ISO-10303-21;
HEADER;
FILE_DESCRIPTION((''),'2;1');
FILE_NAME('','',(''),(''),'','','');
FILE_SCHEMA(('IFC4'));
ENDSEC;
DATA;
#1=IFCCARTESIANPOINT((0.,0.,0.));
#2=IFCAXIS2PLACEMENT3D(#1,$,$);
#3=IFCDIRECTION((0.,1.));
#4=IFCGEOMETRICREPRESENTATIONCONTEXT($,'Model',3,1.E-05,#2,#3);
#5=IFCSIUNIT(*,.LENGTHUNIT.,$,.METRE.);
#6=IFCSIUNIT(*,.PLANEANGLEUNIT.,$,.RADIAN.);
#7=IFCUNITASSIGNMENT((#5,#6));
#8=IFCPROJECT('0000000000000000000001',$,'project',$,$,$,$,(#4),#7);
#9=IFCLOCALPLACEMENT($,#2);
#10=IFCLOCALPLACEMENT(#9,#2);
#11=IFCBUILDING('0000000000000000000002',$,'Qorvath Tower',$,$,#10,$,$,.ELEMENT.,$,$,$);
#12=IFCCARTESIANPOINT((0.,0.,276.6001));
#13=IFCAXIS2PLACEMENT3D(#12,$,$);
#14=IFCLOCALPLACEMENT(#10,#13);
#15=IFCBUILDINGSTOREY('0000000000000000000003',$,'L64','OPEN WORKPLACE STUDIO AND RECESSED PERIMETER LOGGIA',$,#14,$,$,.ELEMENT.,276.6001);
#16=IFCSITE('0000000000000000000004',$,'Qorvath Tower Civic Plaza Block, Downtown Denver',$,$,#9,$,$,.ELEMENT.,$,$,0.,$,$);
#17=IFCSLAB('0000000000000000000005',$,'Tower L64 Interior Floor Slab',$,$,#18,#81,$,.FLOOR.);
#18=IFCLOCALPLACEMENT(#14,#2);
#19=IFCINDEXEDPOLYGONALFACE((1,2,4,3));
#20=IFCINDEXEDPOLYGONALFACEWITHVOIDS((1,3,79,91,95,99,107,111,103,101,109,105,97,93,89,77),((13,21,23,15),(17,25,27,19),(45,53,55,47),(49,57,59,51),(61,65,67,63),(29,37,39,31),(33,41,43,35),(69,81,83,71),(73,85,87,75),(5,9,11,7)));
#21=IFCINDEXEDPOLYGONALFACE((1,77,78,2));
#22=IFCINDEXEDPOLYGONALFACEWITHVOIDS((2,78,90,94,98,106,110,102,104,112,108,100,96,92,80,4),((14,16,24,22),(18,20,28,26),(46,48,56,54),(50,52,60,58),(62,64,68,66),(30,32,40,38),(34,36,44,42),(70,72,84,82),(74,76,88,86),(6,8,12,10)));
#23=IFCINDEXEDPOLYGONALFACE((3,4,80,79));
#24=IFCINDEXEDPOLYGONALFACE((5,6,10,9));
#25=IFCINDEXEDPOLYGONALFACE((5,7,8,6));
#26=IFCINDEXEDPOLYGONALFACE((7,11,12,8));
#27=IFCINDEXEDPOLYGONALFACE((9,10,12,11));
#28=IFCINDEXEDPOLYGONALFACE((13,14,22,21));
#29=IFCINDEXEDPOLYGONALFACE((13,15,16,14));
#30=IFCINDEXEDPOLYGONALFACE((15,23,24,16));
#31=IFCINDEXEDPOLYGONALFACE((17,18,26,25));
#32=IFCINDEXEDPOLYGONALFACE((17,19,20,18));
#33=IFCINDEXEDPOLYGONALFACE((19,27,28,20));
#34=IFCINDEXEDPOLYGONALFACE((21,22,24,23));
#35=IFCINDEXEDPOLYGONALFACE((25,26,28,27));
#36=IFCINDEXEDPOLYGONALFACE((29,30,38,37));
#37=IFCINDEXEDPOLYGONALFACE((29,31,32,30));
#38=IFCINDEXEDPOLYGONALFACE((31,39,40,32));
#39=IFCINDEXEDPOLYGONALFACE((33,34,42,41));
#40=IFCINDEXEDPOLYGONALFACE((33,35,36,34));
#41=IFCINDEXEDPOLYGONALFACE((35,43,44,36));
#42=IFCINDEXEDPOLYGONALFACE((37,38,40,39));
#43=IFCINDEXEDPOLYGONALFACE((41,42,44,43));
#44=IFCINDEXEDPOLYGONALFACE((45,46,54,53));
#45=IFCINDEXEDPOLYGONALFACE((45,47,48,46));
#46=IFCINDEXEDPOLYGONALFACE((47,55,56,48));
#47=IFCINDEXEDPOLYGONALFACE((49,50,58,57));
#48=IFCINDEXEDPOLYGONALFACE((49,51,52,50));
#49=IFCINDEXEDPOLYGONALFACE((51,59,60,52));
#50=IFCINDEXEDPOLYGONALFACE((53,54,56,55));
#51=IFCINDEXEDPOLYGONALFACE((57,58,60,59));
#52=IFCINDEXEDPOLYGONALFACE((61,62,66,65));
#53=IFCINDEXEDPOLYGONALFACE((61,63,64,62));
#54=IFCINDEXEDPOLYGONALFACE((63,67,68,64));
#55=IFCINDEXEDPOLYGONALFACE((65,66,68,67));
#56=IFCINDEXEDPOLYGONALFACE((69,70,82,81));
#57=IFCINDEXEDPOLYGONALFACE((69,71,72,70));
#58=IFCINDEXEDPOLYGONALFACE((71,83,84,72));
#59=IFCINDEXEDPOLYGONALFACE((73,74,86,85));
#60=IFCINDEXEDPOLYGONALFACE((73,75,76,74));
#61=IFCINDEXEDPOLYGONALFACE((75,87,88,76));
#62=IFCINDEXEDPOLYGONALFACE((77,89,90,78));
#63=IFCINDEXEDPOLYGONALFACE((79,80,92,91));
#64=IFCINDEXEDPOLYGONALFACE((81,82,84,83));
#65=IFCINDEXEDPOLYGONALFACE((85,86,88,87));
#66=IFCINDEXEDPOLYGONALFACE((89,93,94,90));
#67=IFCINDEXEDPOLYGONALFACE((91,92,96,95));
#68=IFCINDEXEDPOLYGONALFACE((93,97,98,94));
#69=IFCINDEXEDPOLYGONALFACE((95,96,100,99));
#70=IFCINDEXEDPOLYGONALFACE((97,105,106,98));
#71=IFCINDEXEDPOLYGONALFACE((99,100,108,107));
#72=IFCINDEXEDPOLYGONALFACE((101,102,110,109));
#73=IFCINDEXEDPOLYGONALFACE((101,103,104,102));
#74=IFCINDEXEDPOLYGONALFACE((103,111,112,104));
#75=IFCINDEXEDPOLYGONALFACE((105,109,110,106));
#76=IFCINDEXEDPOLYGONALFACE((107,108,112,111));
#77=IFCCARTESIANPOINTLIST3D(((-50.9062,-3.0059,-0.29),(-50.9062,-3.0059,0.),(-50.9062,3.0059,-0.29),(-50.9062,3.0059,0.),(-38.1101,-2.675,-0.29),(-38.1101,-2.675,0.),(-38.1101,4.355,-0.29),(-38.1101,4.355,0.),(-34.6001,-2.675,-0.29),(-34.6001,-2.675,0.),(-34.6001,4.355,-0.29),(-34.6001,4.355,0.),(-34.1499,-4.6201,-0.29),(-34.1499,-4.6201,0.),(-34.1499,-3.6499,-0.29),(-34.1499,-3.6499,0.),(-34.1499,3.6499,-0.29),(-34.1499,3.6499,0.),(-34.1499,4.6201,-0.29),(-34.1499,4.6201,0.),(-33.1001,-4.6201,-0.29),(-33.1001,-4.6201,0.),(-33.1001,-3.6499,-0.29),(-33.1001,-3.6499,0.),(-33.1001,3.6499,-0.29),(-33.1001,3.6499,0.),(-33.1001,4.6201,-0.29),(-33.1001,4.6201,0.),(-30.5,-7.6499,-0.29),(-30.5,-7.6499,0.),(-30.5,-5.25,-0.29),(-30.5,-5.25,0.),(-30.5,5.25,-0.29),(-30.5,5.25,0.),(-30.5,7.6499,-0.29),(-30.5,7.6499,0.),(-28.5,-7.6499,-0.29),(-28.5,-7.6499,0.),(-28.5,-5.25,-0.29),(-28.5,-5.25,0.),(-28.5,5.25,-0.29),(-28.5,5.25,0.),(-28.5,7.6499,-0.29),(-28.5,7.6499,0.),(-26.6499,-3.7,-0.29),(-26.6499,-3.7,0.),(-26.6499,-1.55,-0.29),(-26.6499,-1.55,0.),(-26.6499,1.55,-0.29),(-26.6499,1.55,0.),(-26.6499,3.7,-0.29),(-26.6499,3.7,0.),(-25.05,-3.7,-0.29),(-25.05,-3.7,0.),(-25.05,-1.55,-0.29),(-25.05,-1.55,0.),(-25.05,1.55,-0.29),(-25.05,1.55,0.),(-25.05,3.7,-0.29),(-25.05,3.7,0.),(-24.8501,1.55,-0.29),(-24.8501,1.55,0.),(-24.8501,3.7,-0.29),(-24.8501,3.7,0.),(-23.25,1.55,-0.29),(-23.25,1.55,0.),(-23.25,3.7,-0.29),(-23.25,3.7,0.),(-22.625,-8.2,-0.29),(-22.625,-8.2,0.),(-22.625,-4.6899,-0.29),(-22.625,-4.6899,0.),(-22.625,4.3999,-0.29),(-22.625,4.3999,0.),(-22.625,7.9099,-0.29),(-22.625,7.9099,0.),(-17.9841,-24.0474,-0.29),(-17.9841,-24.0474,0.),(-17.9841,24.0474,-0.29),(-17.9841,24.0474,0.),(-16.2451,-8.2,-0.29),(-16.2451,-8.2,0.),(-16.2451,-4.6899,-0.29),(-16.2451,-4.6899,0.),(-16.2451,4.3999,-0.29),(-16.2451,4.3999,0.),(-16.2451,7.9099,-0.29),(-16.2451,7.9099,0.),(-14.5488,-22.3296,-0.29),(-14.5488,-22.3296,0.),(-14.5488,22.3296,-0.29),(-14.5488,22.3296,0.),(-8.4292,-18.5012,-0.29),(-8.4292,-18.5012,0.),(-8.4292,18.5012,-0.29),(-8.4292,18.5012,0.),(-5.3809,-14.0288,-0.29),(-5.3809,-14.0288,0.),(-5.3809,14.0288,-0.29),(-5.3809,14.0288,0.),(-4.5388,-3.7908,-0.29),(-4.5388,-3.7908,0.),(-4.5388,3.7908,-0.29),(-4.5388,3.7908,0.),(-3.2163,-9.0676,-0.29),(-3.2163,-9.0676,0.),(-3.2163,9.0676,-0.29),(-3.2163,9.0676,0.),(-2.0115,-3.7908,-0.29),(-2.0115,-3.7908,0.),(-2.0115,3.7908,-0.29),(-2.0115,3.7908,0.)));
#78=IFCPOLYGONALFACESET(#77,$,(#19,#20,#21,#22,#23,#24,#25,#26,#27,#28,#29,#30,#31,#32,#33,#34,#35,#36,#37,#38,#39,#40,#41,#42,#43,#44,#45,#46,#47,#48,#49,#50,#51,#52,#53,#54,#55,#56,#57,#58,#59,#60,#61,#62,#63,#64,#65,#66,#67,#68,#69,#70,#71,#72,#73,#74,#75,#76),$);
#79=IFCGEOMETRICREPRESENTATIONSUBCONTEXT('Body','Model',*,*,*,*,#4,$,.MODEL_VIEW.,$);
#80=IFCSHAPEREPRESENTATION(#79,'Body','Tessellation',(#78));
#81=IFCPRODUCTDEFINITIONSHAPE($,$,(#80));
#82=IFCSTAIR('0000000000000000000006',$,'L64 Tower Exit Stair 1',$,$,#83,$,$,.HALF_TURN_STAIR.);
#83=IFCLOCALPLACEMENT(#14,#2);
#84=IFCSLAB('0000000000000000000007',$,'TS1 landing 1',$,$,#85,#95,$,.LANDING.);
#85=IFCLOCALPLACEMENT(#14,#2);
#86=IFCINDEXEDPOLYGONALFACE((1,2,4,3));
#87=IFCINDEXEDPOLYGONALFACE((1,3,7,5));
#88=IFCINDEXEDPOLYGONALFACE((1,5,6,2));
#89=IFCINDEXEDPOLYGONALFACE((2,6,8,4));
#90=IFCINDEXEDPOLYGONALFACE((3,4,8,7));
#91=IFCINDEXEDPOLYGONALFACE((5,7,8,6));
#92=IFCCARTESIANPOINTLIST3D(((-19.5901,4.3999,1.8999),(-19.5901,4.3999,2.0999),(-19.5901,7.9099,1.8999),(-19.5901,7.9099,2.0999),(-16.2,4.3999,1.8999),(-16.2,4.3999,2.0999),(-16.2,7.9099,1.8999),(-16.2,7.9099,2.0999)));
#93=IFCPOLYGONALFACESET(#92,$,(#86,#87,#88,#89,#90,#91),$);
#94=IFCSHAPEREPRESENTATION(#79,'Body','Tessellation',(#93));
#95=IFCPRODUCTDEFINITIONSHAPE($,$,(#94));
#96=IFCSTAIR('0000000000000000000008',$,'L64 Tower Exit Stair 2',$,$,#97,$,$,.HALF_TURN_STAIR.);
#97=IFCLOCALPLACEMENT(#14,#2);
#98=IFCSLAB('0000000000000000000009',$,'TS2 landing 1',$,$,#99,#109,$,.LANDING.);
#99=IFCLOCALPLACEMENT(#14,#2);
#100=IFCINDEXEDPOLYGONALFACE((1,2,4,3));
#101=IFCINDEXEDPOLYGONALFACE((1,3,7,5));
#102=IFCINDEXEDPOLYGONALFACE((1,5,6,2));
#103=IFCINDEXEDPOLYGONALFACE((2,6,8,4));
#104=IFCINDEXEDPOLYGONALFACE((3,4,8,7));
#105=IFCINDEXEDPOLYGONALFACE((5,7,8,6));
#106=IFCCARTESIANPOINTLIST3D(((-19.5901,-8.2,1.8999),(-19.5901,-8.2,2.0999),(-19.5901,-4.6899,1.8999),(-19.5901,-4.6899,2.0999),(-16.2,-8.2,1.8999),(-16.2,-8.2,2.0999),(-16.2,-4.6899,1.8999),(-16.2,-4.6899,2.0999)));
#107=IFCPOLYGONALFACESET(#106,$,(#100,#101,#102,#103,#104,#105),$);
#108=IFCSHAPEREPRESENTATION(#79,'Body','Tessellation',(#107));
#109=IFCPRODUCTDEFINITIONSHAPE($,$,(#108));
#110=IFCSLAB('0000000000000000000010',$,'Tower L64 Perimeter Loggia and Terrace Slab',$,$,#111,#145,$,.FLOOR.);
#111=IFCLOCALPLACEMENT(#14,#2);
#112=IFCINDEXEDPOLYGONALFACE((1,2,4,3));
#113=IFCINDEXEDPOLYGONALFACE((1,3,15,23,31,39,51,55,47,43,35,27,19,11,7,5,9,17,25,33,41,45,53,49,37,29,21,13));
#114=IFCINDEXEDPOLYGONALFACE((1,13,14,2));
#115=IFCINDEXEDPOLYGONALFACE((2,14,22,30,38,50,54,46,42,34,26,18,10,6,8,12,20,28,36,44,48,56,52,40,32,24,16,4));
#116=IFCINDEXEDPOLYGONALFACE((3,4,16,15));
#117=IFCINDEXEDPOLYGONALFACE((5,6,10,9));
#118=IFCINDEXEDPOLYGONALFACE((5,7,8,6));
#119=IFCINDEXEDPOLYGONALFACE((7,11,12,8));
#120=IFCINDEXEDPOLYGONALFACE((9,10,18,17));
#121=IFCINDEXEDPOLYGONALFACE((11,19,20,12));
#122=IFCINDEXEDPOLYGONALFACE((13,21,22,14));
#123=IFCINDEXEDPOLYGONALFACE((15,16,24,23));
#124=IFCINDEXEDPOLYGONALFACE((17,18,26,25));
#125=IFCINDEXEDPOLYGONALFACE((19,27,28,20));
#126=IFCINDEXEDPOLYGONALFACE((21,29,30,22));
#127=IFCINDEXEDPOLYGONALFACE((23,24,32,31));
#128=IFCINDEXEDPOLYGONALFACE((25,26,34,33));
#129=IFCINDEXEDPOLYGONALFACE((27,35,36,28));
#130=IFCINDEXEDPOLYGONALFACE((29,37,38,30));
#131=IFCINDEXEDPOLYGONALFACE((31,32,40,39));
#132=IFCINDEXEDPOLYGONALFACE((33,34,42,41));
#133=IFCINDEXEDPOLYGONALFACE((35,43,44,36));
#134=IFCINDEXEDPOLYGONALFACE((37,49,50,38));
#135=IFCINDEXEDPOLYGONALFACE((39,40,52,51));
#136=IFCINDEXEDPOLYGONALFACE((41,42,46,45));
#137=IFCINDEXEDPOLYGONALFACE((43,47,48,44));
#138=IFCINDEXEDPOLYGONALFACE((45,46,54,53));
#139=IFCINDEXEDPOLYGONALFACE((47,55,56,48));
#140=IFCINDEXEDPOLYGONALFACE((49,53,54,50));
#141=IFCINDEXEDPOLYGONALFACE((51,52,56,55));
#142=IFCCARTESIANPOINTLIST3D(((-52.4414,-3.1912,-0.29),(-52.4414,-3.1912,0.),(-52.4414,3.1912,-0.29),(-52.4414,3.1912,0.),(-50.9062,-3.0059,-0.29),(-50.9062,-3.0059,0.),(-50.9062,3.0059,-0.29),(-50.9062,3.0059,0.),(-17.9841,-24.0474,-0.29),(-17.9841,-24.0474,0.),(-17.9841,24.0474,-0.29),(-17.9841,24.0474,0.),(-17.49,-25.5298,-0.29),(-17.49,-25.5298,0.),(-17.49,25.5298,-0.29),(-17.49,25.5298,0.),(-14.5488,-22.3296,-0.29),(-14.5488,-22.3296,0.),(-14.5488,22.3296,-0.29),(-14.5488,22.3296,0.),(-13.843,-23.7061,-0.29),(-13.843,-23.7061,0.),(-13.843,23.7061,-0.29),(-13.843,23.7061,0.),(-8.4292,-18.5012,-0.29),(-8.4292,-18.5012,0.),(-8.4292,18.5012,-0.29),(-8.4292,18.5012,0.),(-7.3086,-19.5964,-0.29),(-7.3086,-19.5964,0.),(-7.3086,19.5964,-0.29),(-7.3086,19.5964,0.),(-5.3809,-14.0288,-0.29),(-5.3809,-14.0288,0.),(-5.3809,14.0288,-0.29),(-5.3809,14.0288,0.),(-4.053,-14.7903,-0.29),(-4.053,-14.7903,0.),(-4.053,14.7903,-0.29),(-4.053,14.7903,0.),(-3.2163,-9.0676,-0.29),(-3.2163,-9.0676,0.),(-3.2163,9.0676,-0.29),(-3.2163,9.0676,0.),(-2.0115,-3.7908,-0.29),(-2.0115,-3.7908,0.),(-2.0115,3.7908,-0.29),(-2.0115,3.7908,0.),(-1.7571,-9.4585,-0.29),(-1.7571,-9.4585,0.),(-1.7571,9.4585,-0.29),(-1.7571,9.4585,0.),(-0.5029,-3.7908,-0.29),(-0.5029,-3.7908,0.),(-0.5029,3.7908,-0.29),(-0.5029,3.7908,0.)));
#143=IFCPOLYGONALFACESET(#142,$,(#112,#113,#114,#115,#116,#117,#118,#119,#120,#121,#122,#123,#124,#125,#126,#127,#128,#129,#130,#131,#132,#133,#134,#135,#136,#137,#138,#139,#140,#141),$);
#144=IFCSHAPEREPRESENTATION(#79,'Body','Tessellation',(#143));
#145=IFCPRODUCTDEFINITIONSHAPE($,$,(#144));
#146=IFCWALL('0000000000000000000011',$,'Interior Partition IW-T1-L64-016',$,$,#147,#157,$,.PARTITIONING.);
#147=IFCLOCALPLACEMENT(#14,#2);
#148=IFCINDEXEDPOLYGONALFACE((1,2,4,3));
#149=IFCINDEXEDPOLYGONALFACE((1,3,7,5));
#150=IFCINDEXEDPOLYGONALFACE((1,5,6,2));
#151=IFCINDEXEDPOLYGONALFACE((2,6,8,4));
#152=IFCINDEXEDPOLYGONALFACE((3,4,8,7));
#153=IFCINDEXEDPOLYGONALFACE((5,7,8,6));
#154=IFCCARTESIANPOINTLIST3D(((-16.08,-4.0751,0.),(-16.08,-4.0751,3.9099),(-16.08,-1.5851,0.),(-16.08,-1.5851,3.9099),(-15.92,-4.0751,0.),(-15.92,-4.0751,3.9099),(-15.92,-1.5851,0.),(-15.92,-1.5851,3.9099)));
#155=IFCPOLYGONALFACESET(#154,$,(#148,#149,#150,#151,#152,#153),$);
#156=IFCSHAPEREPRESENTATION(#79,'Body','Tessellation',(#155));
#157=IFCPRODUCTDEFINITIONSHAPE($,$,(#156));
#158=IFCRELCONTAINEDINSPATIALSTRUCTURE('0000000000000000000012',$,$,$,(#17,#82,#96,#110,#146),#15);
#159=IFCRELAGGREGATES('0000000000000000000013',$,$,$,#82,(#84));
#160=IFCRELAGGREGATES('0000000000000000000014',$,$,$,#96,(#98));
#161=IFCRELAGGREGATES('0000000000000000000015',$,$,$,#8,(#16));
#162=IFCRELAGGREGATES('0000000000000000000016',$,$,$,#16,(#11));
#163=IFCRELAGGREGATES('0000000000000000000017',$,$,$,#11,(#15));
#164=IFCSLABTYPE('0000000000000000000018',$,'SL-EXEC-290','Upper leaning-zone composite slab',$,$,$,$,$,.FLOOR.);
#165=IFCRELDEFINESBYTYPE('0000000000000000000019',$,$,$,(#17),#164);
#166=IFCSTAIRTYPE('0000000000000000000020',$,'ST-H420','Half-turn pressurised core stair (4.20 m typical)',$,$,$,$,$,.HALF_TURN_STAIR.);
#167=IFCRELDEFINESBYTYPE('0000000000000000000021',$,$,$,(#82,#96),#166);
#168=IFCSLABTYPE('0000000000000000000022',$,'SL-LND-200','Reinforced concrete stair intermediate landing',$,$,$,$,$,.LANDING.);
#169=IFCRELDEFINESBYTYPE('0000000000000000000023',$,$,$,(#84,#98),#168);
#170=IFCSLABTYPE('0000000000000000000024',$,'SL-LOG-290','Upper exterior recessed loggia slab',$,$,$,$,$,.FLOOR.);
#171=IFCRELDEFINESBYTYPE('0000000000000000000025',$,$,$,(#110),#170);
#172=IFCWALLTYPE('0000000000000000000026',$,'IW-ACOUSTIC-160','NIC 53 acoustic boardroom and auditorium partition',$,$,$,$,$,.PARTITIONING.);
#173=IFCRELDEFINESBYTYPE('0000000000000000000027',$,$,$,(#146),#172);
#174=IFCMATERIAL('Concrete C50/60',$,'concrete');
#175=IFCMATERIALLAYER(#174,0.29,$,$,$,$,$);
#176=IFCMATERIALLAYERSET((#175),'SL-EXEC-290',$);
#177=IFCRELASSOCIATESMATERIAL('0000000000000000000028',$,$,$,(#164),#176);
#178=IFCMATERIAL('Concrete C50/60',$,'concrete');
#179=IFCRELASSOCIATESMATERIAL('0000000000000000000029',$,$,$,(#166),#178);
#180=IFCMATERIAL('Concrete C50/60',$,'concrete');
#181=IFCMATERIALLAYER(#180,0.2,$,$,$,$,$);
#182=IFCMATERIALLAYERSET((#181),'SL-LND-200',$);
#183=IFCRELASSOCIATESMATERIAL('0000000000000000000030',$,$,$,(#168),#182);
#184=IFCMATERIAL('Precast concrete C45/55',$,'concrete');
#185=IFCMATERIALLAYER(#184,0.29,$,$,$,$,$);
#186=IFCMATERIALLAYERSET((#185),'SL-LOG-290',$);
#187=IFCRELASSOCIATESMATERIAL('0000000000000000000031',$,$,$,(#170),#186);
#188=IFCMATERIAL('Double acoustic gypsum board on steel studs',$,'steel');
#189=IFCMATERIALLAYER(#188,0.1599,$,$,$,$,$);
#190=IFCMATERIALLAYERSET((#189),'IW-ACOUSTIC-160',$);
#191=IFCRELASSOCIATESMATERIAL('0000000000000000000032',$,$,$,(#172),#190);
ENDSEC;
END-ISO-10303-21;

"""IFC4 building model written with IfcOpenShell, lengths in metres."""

from ifc_helpers import new_model, si_unit, direction, frame, frame_2d, origin, place, context, subcontext, project, spatial, polyline, rectangle, outline, extrude, material, layer, layer_set, type_object, element, aggregate, save


model = new_model("IFC4")

# Units and contexts
model_context = context("Model", 3, precision=1e-05, world=origin(), true_north=direction((0.0, 1.0)))
body_context = subcontext(model_context, "Body", "Model", "MODEL_VIEW")
ifc_project = project(units=[si_unit("LENGTHUNIT", "METRE"), si_unit("PLANEANGLEUNIT", "RADIAN")], contexts=[model_context])

# Site, building, storey
site_placement = place(None, origin())
site = spatial("IfcSite", under=ifc_project, at=site_placement, Name="Qorvath Tower Civic Plaza Block, Downtown Denver", CompositionType="ELEMENT", RefElevation=0.0)
building_placement = place(site_placement, origin())
building = spatial("IfcBuilding", under=site, at=building_placement, Name="Qorvath Tower", CompositionType="ELEMENT")
storey_placement = place(building_placement, frame((0.0, 0.0, 276.6001)))
storey = spatial("IfcBuildingStorey", under=building, at=storey_placement, Name="L64", Description="OPEN WORKPLACE STUDIO AND RECESSED PERIMETER LOGGIA", CompositionType="ELEMENT", Elevation=276.6001)

# Slab
ifc_material_1 = material(Name="Concrete C50/60", Category="concrete")
ifc_layer_1 = layer(ifc_material_1, 0.29)
ifc_layer_set_1 = layer_set([ifc_layer_1], Name="SL-EXEC-290")
slab_type_1 = type_object("IfcSlabType", Name="SL-EXEC-290", Description="Upper leaning-zone composite slab", PredefinedType="FLOOR", material=ifc_layer_set_1)
slab_1_placement = place(storey_placement, frame((0.0, 0.0, -0.29)))
element("IfcSlab", 1, at=slab_1_placement, inside=storey, type_object=slab_type_1, Name="Tower L64 Interior Floor Slab", PredefinedType="FLOOR", context=body_context, shape_type="SweptSolid", body=[
    extrude(outline(polyline([(-50.9062, 3.0059), (-50.9062, -3.0059), (-17.9841, -24.0474), (-14.5488, -22.3296), (-8.4292, -18.5012), (-5.3809, -14.0288), (-3.2163, -9.0676), (-2.0115, -3.7908), (-4.5388, -3.7908), (-4.5388, 3.7908), (-2.0115, 3.7908), (-3.2163, 9.0676), (-5.3809, 14.0288), (-8.4292, 18.5012), (-14.5488, 22.3296), (-17.9841, 24.0474), (-50.9062, 3.0059)]), holes=[polyline([(-16.2451, -8.2), (-22.625, -8.2), (-22.625, -4.6899), (-16.2451, -4.6899), (-16.2451, -8.2)]), polyline([(-22.625, 4.3999), (-22.625, 7.9099), (-16.2451, 7.9099), (-16.2451, 4.3999), (-22.625, 4.3999)]), polyline([(-23.25, 1.55), (-24.8501, 1.55), (-24.8501, 3.7), (-23.25, 3.7), (-23.25, 1.55)]), polyline([(-26.6499, -3.7), (-26.6499, -1.55), (-25.05, -1.55), (-25.05, -3.7), (-26.6499, -3.7)]), polyline([(-25.05, 1.55), (-26.6499, 1.55), (-26.6499, 3.7), (-25.05, 3.7), (-25.05, 1.55)]), polyline([(-28.5, -7.6499), (-30.5, -7.6499), (-30.5, -5.25), (-28.5, -5.25), (-28.5, -7.6499)]), polyline([(-30.5, 5.25), (-30.5, 7.6499), (-28.5, 7.6499), (-28.5, 5.25), (-30.5, 5.25)]), polyline([(-33.1001, -4.6201), (-34.1499, -4.6201), (-34.1499, -3.6499), (-33.1001, -3.6499), (-33.1001, -4.6201)]), polyline([(-33.1001, 3.6499), (-34.1499, 3.6499), (-34.1499, 4.6201), (-33.1001, 4.6201), (-33.1001, 3.6499)]), polyline([(-34.6001, -2.675), (-38.1101, -2.675), (-38.1101, 4.355), (-34.6001, 4.355), (-34.6001, -2.675)])]), origin(), (0.0, 0.0, 1.0), 0.29),
])

# Stairs, slabs
ifc_material_2 = material(Name="Concrete C50/60", Category="concrete")
stair_type = type_object("IfcStairType", Name="ST-H420", Description="Half-turn pressurised core stair (4.20 m typical)", PredefinedType="HALF_TURN_STAIR", material=ifc_material_2)
stair_1_placement = place(storey_placement, origin())
stair_1 = element("IfcStair", 2, at=stair_1_placement, inside=storey, type_object=stair_type, Name="L64 Tower Exit Stair 1", PredefinedType="HALF_TURN_STAIR")
ifc_material_3 = material(Name="Concrete C50/60", Category="concrete")
ifc_layer_2 = layer(ifc_material_3, 0.2)
ifc_layer_set_2 = layer_set([ifc_layer_2], Name="SL-LND-200")
slab_type_2 = type_object("IfcSlabType", Name="SL-LND-200", Description="Reinforced concrete stair intermediate landing", PredefinedType="LANDING", material=ifc_layer_set_2)
slab_2_placement = place(storey_placement, frame((0.0, 0.0, 1.8999)))
slab_2 = element("IfcSlab", 3, at=slab_2_placement, type_object=slab_type_2, Name="TS1 landing 1", PredefinedType="LANDING", context=body_context, shape_type="SweptSolid", body=[
    extrude(outline(polyline([(-19.5901, 4.3999), (-16.2, 4.3999), (-16.2, 7.9099), (-19.5901, 7.9099), (-19.5901, 4.3999)])), origin(), (0.0, 0.0, 1.0), 0.2),
])
aggregate(stair_1, [slab_2])
stair_2_placement = place(storey_placement, origin())
stair_2 = element("IfcStair", 4, at=stair_2_placement, inside=storey, type_object=stair_type, Name="L64 Tower Exit Stair 2", PredefinedType="HALF_TURN_STAIR")
slab_3_placement = place(storey_placement, frame((0.0, 0.0, 1.8999)))
slab_3 = element("IfcSlab", 5, at=slab_3_placement, type_object=slab_type_2, Name="TS2 landing 1", PredefinedType="LANDING", context=body_context, shape_type="SweptSolid", body=[
    extrude(outline(polyline([(-19.5901, -8.2), (-16.2, -8.2), (-16.2, -4.6899), (-19.5901, -4.6899), (-19.5901, -8.2)])), origin(), (0.0, 0.0, 1.0), 0.2),
])

# Slab
ifc_material_4 = material(Name="Precast concrete C45/55", Category="concrete")
ifc_layer_3 = layer(ifc_material_4, 0.29)
ifc_layer_set_3 = layer_set([ifc_layer_3], Name="SL-LOG-290")
slab_type_3 = type_object("IfcSlabType", Name="SL-LOG-290", Description="Upper exterior recessed loggia slab", PredefinedType="FLOOR", material=ifc_layer_set_3)
slab_4_placement = place(storey_placement, frame((0.0, 0.0, -0.29)))
element("IfcSlab", 6, at=slab_4_placement, inside=storey, type_object=slab_type_3, Name="Tower L64 Perimeter Loggia and Terrace Slab", PredefinedType="FLOOR", context=body_context, shape_type="SweptSolid", body=[
    extrude(outline(polyline([(-2.0115, -3.7908), (-3.2163, -9.0676), (-5.3809, -14.0288), (-8.4292, -18.5012), (-14.5488, -22.3296), (-17.9841, -24.0474), (-50.9062, -3.0059), (-50.9062, 3.0059), (-17.9841, 24.0474), (-14.5488, 22.3296), (-8.4292, 18.5012), (-5.3809, 14.0288), (-3.2163, 9.0676), (-2.0115, 3.7908), (-0.5029, 3.7908), (-1.7571, 9.4585), (-4.053, 14.7903), (-7.3086, 19.5964), (-13.843, 23.7061), (-17.49, 25.5298), (-52.4414, 3.1912), (-52.4414, -3.1912), (-17.49, -25.5298), (-13.843, -23.7061), (-7.3086, -19.5964), (-4.053, -14.7903), (-1.7571, -9.4585), (-0.5029, -3.7908), (-2.0115, -3.7908)])), origin(), (0.0, 0.0, 1.0), 0.29),
])

# Wall
ifc_material_5 = material(Name="Double acoustic gypsum board on steel studs", Category="steel")
ifc_layer_4 = layer(ifc_material_5, 0.1599)
ifc_layer_set_4 = layer_set([ifc_layer_4], Name="IW-ACOUSTIC-160")
wall_type_1 = type_object("IfcWallType", Name="IW-ACOUSTIC-160", Description="NIC 53 acoustic boardroom and auditorium partition", PredefinedType="PARTITIONING", material=ifc_layer_set_4)
wall_1_placement = place(storey_placement, frame((-16.0, -4.0752, 0.0), z_axis=(0.0, 0.0, 1.0), x_axis=(0.0, 1.0, 0.0)))
element("IfcWall", 7, at=wall_1_placement, inside=storey, type_object=wall_type_1, Name="Interior Partition IW-T1-L64-016", PredefinedType="PARTITIONING", context=body_context, shape_type="SweptSolid", body=[
    extrude(rectangle(XDim=2.49, YDim=0.1599, at=frame_2d((1.2451, 0.0))), origin(), (0.0, 0.0, 1.0), 3.9099),
])

aggregate(stair_2, [slab_3])

save(model, "model.ifc")
